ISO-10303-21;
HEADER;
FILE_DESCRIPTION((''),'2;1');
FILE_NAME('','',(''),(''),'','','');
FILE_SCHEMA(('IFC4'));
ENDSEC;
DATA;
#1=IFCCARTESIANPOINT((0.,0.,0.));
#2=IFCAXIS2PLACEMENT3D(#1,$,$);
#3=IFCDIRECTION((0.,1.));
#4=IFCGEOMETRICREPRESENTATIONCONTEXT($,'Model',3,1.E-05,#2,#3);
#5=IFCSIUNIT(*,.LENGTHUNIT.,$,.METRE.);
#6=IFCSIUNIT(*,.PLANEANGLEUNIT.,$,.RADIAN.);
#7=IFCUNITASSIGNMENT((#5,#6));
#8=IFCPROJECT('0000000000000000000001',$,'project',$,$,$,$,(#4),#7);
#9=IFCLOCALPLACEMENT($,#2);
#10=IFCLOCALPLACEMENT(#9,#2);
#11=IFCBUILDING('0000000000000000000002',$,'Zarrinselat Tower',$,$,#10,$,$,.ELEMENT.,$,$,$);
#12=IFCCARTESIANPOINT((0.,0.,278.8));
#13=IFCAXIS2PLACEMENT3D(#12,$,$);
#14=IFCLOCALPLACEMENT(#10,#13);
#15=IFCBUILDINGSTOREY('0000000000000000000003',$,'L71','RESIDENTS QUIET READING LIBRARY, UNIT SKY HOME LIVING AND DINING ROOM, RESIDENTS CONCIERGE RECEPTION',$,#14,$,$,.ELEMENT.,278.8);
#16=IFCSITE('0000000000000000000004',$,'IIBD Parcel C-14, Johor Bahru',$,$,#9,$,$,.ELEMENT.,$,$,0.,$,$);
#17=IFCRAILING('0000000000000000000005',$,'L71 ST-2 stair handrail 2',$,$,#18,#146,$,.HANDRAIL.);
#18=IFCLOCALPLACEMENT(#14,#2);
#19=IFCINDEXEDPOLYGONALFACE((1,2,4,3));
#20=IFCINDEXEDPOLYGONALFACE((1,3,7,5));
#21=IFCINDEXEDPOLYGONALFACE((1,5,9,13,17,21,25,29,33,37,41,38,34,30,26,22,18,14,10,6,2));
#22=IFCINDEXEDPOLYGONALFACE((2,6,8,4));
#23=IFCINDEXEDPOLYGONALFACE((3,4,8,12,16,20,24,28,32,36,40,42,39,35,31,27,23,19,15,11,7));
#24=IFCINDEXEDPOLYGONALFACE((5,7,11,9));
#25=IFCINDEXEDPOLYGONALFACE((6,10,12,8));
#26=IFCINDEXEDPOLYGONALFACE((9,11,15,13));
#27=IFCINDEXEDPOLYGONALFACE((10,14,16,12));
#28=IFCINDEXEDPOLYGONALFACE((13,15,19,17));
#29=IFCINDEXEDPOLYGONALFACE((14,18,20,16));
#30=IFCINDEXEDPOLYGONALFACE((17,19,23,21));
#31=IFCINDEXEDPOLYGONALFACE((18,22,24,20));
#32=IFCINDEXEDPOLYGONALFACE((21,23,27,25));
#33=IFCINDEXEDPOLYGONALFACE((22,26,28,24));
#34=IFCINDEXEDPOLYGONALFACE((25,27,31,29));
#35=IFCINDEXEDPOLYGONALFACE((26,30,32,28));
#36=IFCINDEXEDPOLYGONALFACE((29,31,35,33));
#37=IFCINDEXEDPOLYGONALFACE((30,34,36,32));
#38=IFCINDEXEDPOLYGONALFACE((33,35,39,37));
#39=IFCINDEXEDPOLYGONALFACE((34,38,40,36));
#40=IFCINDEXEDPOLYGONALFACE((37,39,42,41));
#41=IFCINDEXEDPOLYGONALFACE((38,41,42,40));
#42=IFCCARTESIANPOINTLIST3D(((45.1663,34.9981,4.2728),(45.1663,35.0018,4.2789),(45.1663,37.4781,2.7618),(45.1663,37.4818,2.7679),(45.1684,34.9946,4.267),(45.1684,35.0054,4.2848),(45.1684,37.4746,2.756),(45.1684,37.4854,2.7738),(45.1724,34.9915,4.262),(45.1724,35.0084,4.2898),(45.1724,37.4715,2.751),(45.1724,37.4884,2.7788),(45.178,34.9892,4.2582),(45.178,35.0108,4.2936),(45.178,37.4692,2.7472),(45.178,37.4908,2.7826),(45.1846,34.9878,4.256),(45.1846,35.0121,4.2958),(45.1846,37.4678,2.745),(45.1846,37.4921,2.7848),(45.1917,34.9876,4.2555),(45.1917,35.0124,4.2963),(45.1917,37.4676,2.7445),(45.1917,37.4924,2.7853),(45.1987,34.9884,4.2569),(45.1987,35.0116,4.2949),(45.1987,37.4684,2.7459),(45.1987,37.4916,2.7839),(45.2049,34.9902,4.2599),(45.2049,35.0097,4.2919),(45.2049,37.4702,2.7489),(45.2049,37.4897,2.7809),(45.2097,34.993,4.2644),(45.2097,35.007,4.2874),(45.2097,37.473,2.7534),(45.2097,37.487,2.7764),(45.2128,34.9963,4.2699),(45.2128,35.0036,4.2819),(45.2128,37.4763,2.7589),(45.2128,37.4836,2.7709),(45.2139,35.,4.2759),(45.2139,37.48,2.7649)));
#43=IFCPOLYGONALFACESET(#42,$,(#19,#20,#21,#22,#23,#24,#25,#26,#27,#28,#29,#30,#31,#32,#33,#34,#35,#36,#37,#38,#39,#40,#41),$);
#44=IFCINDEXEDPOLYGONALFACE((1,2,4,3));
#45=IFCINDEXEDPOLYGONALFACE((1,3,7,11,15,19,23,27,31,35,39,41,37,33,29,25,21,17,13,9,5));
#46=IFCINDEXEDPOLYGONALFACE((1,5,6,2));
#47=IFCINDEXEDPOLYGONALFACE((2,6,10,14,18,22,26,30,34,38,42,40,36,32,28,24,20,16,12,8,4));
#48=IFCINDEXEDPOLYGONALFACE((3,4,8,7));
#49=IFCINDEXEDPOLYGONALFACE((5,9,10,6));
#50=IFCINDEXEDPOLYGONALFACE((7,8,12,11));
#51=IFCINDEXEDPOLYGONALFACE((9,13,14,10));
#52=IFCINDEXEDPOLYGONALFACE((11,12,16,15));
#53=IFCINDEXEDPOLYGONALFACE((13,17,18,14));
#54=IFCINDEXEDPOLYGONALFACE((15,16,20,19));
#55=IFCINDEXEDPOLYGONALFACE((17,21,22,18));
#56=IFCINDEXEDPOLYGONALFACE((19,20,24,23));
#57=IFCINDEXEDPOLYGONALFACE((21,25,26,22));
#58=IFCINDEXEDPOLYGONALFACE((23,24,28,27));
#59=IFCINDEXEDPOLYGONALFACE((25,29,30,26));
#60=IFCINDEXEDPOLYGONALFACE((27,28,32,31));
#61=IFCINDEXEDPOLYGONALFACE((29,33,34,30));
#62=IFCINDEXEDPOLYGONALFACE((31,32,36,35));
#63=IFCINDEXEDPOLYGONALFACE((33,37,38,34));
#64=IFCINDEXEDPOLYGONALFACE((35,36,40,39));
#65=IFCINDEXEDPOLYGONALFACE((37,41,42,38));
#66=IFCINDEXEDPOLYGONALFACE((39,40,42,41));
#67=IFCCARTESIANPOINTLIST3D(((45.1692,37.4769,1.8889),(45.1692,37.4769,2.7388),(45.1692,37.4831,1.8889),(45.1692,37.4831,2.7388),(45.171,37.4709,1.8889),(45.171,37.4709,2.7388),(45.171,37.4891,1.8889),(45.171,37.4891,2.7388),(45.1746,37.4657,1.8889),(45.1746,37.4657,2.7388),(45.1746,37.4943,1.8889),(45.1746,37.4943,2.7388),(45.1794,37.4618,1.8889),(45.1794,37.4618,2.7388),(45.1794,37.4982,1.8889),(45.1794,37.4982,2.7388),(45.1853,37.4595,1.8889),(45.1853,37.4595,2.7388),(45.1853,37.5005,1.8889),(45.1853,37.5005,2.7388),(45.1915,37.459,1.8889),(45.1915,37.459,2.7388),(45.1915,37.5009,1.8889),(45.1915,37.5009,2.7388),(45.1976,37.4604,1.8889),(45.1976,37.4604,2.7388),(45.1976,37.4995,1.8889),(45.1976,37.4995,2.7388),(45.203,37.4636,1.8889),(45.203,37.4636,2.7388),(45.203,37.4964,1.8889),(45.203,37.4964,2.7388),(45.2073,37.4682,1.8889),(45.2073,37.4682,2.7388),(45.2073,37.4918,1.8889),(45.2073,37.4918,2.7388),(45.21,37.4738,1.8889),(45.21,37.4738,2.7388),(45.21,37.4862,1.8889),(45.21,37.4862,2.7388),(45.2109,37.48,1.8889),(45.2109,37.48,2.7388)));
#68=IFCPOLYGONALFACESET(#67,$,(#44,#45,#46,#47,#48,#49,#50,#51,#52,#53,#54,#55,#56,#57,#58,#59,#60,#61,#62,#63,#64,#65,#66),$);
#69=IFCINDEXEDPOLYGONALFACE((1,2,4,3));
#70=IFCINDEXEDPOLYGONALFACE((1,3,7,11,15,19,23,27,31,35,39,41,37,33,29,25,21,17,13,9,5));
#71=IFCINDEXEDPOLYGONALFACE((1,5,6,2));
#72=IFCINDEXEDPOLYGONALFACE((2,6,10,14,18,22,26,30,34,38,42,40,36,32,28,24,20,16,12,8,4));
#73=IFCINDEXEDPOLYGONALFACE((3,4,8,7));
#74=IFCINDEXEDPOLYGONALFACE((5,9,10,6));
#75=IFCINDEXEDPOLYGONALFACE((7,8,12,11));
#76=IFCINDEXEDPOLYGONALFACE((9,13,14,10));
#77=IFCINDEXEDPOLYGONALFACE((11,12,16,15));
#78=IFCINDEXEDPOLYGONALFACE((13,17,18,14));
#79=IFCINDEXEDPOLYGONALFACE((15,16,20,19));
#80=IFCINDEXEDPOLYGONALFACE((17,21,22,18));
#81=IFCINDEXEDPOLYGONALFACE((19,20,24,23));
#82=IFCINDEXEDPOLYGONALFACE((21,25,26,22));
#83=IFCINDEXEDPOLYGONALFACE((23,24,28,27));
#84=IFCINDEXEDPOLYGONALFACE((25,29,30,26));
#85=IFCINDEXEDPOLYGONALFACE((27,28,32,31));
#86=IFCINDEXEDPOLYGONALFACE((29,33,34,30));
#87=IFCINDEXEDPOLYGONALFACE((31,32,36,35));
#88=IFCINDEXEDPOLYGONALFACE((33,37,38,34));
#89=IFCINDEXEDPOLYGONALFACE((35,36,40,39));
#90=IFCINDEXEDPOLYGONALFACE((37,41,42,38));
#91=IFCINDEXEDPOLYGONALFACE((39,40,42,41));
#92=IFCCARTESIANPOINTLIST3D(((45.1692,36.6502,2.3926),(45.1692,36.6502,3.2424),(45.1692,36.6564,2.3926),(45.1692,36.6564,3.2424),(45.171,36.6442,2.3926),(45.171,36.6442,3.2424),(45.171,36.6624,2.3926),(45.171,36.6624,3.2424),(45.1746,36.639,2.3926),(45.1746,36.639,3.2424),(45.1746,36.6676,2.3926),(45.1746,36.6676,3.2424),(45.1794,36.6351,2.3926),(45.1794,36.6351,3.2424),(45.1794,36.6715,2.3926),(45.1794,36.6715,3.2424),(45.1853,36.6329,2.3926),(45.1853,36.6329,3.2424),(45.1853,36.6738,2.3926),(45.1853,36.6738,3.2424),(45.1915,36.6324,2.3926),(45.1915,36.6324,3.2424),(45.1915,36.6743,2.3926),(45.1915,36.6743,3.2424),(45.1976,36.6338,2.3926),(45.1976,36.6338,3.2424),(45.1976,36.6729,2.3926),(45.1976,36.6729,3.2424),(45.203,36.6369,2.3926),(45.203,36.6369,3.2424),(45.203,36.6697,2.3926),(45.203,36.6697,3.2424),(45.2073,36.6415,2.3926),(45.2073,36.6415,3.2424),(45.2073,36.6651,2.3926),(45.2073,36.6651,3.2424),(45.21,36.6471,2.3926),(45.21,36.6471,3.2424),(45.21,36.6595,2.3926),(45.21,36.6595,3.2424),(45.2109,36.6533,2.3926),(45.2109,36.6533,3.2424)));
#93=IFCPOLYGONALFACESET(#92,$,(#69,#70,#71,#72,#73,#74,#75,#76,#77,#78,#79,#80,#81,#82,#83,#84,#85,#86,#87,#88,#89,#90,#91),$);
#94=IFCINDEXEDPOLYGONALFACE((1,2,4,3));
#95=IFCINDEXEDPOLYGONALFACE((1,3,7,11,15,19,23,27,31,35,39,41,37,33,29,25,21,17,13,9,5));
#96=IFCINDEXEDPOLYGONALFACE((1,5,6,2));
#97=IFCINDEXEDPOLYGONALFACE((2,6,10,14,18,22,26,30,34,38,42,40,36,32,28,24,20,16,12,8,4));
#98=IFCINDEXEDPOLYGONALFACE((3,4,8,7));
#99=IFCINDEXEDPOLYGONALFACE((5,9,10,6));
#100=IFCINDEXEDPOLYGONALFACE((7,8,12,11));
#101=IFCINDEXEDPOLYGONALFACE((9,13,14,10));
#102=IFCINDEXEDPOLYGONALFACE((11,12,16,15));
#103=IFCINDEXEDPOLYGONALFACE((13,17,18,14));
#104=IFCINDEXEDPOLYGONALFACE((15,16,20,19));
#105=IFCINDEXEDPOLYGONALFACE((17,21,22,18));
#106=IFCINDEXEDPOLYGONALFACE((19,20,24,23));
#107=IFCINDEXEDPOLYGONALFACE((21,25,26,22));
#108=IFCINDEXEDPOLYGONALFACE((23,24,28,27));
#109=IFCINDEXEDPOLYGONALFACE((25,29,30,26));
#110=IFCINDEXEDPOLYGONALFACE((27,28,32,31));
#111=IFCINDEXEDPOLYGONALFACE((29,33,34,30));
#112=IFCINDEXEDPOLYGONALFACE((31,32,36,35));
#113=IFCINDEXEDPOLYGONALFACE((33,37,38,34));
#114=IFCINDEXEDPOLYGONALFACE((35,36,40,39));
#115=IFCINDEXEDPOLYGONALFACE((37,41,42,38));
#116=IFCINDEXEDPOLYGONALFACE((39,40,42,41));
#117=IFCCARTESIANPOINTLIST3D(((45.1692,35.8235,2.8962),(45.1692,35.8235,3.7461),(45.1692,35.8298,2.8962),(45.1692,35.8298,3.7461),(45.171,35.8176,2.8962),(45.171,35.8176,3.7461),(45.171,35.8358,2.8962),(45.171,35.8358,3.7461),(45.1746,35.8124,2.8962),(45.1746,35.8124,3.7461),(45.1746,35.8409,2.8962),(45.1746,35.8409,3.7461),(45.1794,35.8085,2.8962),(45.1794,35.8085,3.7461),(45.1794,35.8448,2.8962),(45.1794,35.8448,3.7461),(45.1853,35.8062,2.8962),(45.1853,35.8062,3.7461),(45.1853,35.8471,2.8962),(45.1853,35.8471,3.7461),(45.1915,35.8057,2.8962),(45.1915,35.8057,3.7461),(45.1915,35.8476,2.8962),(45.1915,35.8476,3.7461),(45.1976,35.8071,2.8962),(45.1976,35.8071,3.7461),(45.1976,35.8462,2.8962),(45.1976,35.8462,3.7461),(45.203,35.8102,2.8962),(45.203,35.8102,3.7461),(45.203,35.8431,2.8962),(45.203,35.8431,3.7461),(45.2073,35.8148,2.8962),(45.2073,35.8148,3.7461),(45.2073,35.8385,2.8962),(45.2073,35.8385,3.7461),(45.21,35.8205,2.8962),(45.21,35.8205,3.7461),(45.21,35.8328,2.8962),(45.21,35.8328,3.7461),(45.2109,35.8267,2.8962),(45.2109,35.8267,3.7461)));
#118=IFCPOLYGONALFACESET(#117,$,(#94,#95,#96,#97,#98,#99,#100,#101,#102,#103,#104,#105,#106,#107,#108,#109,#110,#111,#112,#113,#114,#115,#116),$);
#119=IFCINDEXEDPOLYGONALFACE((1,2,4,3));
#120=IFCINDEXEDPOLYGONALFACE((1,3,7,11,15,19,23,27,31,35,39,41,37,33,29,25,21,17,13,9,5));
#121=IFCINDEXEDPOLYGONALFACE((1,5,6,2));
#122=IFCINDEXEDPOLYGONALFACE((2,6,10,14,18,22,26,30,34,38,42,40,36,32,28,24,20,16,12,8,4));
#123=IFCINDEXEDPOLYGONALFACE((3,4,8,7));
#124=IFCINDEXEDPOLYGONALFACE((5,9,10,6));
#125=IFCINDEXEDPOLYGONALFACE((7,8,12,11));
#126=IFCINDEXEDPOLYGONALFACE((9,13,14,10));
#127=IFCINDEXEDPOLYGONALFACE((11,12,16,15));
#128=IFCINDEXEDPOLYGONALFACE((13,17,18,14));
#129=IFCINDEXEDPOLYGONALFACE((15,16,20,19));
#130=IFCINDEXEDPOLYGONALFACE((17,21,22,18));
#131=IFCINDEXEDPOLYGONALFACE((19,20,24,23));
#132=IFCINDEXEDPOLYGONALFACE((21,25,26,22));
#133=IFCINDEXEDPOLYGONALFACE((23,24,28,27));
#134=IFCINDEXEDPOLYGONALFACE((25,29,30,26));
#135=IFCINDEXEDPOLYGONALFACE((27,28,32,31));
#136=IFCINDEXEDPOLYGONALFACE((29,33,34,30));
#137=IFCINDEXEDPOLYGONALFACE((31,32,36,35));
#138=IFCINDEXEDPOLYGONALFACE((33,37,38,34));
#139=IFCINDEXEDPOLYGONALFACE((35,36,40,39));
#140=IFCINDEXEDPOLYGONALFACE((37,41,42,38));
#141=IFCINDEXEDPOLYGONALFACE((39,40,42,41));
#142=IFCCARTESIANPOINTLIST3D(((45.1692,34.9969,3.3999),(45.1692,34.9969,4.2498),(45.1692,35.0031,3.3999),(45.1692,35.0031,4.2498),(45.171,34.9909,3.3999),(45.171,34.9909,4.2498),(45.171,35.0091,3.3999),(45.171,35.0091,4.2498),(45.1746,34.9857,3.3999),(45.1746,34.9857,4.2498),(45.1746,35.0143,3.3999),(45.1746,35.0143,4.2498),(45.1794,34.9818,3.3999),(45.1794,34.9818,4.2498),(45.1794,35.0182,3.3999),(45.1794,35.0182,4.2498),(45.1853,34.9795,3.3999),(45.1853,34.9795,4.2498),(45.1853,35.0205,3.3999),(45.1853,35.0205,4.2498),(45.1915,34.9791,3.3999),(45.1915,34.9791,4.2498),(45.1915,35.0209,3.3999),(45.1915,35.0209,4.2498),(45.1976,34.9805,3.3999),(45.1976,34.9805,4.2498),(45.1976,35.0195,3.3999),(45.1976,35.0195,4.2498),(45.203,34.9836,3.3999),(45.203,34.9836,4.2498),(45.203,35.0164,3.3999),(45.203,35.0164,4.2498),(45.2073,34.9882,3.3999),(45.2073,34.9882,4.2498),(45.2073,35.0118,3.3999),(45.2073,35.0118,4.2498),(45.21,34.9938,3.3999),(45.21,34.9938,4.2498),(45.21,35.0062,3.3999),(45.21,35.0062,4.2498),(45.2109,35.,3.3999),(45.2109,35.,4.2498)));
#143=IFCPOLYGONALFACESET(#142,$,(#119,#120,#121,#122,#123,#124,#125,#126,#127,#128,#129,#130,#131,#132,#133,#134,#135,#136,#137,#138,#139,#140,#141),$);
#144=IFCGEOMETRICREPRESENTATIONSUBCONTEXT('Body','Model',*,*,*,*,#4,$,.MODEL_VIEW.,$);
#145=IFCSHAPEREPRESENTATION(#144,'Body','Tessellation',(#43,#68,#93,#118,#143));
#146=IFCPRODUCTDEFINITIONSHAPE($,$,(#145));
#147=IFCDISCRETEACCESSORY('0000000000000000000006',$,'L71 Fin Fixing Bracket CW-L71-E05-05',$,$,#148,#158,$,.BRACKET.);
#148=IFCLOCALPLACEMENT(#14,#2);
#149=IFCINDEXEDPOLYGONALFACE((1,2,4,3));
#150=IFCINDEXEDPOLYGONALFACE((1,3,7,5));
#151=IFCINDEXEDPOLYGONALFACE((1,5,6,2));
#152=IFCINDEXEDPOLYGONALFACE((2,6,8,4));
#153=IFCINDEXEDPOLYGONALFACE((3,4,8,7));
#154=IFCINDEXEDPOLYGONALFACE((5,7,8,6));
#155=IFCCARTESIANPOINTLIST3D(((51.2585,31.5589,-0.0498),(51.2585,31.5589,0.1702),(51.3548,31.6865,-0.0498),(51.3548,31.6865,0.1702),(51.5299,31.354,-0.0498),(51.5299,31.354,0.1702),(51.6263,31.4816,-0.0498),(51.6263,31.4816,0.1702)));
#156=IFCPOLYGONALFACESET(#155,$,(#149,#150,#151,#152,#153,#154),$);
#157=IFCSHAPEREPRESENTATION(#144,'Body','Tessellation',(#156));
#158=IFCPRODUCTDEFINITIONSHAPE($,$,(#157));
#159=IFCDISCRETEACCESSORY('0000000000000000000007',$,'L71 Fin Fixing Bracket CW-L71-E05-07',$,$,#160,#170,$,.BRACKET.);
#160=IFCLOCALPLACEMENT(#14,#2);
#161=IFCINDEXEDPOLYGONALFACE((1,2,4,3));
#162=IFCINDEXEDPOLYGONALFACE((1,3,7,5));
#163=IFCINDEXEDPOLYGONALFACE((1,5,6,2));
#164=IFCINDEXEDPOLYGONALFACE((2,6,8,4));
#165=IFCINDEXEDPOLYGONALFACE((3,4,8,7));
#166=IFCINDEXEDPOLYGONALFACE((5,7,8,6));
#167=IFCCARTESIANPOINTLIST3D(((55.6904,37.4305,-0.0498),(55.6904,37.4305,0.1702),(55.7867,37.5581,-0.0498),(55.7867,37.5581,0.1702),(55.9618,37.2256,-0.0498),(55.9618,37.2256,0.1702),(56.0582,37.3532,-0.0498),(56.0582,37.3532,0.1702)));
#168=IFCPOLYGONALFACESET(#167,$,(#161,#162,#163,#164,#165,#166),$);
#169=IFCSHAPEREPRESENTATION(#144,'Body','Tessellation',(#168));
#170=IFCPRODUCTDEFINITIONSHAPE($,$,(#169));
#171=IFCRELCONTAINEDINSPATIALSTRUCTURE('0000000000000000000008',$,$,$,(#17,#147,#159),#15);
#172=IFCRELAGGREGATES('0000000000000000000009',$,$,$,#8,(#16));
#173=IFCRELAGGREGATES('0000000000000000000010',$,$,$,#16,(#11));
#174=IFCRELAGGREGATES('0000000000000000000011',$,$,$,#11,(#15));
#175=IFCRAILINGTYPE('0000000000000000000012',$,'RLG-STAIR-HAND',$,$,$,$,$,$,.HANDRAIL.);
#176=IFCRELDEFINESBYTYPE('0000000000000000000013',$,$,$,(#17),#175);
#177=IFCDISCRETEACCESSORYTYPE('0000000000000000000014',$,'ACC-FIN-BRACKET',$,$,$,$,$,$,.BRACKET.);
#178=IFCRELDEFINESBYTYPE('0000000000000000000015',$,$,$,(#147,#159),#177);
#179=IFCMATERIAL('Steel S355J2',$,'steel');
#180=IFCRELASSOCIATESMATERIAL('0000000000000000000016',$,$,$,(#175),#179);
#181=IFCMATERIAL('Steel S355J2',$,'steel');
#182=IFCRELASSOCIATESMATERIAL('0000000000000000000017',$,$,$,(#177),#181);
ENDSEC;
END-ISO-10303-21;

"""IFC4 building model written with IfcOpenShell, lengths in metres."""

from ifc_helpers import new_model, si_unit, direction, frame, origin, origin_2d, place, context, subcontext, project, spatial, rectangle, circle, extrude, material, type_object, element, save


model = new_model("IFC4")

# Units and contexts
model_context = context("Model", 3, precision=1e-05, world=origin(), true_north=direction((0.0, 1.0)))
body_context = subcontext(model_context, "Body", "Model", "MODEL_VIEW")
ifc_project = project(units=[si_unit("LENGTHUNIT", "METRE"), si_unit("PLANEANGLEUNIT", "RADIAN")], contexts=[model_context])

# Site, building, storey
site_placement = place(None, origin())
site = spatial("IfcSite", under=ifc_project, at=site_placement, Name="IIBD Parcel C-14, Johor Bahru", CompositionType="ELEMENT", RefElevation=0.0)
building_placement = place(site_placement, origin())
building = spatial("IfcBuilding", under=site, at=building_placement, Name="Zarrinselat Tower", CompositionType="ELEMENT")
storey_placement = place(building_placement, frame((0.0, 0.0, 278.8)))
storey = spatial("IfcBuildingStorey", under=building, at=storey_placement, Name="L71", Description="RESIDENTS QUIET READING LIBRARY, UNIT SKY HOME LIVING AND DINING ROOM, RESIDENTS CONCIERGE RECEPTION", CompositionType="ELEMENT", Elevation=278.8)

# Railing
ifc_material_1 = material(Name="Steel S355J2", Category="steel")
railing_type_1 = type_object("IfcRailingType", Name="RLG-STAIR-HAND", PredefinedType="HANDRAIL", material=ifc_material_1)
railing_1_placement = place(storey_placement, frame((45.1899, 37.48, 1.8889)))
element("IfcRailing", 1, at=railing_1_placement, inside=storey, type_object=railing_type_1, Name="L71 ST-2 stair handrail 2", PredefinedType="HANDRAIL", context=body_context, shape_type="SweptSolid", body=[
    extrude(circle(Radius=0.0239, at=origin_2d()), frame((0.0, 0.0, 0.876), z_axis=(0.0, -0.853979, 0.520307), x_axis=(1.0, 0.0, 0.0)), (0.0, 0.0, 1.0), 2.9041),
    extrude(circle(Radius=0.021, at=origin_2d()), origin(), (0.0, 0.0, 1.0), 0.8499),
    extrude(circle(Radius=0.021, at=origin_2d()), frame((0.0, -0.8267, 0.5037)), (0.0, 0.0, 1.0), 0.8499),
    extrude(circle(Radius=0.021, at=origin_2d()), frame((0.0, -1.6533, 1.0073)), (0.0, 0.0, 1.0), 0.8499),
    extrude(circle(Radius=0.021, at=origin_2d()), frame((0.0, -2.48, 1.511)), (0.0, 0.0, 1.0), 0.8499),
])

# Discrete accessories
ifc_material_2 = material(Name="Steel S355J2", Category="steel")
discrete_accessory_type = type_object("IfcDiscreteAccessoryType", Name="ACC-FIN-BRACKET", PredefinedType="BRACKET", material=ifc_material_2)
for number, where, z_axis, x_axis, name in (
    (2, (51.4424, 31.5203, -0.0498), (0.0, 0.0, 1.0), (0.79816, -0.602445, 0.0), "L71 Fin Fixing Bracket CW-L71-E05-05"),
    (3, (55.8743, 37.3918, -0.0498), (0.0, 0.0, 1.0), (0.79816, -0.602445, 0.0), "L71 Fin Fixing Bracket CW-L71-E05-07"),
):
    element("IfcDiscreteAccessory", number, at=place(storey_placement, frame(where, z_axis=z_axis, x_axis=x_axis)), inside=storey, type_object=discrete_accessory_type, Name=name, PredefinedType="BRACKET", context=body_context, shape_type="SweptSolid", body=[
        extrude(rectangle(XDim=0.3401, YDim=0.1599, at=origin_2d()), origin(), (0.0, 0.0, 1.0), 0.22),
    ])

save(model, "model.ifc")
